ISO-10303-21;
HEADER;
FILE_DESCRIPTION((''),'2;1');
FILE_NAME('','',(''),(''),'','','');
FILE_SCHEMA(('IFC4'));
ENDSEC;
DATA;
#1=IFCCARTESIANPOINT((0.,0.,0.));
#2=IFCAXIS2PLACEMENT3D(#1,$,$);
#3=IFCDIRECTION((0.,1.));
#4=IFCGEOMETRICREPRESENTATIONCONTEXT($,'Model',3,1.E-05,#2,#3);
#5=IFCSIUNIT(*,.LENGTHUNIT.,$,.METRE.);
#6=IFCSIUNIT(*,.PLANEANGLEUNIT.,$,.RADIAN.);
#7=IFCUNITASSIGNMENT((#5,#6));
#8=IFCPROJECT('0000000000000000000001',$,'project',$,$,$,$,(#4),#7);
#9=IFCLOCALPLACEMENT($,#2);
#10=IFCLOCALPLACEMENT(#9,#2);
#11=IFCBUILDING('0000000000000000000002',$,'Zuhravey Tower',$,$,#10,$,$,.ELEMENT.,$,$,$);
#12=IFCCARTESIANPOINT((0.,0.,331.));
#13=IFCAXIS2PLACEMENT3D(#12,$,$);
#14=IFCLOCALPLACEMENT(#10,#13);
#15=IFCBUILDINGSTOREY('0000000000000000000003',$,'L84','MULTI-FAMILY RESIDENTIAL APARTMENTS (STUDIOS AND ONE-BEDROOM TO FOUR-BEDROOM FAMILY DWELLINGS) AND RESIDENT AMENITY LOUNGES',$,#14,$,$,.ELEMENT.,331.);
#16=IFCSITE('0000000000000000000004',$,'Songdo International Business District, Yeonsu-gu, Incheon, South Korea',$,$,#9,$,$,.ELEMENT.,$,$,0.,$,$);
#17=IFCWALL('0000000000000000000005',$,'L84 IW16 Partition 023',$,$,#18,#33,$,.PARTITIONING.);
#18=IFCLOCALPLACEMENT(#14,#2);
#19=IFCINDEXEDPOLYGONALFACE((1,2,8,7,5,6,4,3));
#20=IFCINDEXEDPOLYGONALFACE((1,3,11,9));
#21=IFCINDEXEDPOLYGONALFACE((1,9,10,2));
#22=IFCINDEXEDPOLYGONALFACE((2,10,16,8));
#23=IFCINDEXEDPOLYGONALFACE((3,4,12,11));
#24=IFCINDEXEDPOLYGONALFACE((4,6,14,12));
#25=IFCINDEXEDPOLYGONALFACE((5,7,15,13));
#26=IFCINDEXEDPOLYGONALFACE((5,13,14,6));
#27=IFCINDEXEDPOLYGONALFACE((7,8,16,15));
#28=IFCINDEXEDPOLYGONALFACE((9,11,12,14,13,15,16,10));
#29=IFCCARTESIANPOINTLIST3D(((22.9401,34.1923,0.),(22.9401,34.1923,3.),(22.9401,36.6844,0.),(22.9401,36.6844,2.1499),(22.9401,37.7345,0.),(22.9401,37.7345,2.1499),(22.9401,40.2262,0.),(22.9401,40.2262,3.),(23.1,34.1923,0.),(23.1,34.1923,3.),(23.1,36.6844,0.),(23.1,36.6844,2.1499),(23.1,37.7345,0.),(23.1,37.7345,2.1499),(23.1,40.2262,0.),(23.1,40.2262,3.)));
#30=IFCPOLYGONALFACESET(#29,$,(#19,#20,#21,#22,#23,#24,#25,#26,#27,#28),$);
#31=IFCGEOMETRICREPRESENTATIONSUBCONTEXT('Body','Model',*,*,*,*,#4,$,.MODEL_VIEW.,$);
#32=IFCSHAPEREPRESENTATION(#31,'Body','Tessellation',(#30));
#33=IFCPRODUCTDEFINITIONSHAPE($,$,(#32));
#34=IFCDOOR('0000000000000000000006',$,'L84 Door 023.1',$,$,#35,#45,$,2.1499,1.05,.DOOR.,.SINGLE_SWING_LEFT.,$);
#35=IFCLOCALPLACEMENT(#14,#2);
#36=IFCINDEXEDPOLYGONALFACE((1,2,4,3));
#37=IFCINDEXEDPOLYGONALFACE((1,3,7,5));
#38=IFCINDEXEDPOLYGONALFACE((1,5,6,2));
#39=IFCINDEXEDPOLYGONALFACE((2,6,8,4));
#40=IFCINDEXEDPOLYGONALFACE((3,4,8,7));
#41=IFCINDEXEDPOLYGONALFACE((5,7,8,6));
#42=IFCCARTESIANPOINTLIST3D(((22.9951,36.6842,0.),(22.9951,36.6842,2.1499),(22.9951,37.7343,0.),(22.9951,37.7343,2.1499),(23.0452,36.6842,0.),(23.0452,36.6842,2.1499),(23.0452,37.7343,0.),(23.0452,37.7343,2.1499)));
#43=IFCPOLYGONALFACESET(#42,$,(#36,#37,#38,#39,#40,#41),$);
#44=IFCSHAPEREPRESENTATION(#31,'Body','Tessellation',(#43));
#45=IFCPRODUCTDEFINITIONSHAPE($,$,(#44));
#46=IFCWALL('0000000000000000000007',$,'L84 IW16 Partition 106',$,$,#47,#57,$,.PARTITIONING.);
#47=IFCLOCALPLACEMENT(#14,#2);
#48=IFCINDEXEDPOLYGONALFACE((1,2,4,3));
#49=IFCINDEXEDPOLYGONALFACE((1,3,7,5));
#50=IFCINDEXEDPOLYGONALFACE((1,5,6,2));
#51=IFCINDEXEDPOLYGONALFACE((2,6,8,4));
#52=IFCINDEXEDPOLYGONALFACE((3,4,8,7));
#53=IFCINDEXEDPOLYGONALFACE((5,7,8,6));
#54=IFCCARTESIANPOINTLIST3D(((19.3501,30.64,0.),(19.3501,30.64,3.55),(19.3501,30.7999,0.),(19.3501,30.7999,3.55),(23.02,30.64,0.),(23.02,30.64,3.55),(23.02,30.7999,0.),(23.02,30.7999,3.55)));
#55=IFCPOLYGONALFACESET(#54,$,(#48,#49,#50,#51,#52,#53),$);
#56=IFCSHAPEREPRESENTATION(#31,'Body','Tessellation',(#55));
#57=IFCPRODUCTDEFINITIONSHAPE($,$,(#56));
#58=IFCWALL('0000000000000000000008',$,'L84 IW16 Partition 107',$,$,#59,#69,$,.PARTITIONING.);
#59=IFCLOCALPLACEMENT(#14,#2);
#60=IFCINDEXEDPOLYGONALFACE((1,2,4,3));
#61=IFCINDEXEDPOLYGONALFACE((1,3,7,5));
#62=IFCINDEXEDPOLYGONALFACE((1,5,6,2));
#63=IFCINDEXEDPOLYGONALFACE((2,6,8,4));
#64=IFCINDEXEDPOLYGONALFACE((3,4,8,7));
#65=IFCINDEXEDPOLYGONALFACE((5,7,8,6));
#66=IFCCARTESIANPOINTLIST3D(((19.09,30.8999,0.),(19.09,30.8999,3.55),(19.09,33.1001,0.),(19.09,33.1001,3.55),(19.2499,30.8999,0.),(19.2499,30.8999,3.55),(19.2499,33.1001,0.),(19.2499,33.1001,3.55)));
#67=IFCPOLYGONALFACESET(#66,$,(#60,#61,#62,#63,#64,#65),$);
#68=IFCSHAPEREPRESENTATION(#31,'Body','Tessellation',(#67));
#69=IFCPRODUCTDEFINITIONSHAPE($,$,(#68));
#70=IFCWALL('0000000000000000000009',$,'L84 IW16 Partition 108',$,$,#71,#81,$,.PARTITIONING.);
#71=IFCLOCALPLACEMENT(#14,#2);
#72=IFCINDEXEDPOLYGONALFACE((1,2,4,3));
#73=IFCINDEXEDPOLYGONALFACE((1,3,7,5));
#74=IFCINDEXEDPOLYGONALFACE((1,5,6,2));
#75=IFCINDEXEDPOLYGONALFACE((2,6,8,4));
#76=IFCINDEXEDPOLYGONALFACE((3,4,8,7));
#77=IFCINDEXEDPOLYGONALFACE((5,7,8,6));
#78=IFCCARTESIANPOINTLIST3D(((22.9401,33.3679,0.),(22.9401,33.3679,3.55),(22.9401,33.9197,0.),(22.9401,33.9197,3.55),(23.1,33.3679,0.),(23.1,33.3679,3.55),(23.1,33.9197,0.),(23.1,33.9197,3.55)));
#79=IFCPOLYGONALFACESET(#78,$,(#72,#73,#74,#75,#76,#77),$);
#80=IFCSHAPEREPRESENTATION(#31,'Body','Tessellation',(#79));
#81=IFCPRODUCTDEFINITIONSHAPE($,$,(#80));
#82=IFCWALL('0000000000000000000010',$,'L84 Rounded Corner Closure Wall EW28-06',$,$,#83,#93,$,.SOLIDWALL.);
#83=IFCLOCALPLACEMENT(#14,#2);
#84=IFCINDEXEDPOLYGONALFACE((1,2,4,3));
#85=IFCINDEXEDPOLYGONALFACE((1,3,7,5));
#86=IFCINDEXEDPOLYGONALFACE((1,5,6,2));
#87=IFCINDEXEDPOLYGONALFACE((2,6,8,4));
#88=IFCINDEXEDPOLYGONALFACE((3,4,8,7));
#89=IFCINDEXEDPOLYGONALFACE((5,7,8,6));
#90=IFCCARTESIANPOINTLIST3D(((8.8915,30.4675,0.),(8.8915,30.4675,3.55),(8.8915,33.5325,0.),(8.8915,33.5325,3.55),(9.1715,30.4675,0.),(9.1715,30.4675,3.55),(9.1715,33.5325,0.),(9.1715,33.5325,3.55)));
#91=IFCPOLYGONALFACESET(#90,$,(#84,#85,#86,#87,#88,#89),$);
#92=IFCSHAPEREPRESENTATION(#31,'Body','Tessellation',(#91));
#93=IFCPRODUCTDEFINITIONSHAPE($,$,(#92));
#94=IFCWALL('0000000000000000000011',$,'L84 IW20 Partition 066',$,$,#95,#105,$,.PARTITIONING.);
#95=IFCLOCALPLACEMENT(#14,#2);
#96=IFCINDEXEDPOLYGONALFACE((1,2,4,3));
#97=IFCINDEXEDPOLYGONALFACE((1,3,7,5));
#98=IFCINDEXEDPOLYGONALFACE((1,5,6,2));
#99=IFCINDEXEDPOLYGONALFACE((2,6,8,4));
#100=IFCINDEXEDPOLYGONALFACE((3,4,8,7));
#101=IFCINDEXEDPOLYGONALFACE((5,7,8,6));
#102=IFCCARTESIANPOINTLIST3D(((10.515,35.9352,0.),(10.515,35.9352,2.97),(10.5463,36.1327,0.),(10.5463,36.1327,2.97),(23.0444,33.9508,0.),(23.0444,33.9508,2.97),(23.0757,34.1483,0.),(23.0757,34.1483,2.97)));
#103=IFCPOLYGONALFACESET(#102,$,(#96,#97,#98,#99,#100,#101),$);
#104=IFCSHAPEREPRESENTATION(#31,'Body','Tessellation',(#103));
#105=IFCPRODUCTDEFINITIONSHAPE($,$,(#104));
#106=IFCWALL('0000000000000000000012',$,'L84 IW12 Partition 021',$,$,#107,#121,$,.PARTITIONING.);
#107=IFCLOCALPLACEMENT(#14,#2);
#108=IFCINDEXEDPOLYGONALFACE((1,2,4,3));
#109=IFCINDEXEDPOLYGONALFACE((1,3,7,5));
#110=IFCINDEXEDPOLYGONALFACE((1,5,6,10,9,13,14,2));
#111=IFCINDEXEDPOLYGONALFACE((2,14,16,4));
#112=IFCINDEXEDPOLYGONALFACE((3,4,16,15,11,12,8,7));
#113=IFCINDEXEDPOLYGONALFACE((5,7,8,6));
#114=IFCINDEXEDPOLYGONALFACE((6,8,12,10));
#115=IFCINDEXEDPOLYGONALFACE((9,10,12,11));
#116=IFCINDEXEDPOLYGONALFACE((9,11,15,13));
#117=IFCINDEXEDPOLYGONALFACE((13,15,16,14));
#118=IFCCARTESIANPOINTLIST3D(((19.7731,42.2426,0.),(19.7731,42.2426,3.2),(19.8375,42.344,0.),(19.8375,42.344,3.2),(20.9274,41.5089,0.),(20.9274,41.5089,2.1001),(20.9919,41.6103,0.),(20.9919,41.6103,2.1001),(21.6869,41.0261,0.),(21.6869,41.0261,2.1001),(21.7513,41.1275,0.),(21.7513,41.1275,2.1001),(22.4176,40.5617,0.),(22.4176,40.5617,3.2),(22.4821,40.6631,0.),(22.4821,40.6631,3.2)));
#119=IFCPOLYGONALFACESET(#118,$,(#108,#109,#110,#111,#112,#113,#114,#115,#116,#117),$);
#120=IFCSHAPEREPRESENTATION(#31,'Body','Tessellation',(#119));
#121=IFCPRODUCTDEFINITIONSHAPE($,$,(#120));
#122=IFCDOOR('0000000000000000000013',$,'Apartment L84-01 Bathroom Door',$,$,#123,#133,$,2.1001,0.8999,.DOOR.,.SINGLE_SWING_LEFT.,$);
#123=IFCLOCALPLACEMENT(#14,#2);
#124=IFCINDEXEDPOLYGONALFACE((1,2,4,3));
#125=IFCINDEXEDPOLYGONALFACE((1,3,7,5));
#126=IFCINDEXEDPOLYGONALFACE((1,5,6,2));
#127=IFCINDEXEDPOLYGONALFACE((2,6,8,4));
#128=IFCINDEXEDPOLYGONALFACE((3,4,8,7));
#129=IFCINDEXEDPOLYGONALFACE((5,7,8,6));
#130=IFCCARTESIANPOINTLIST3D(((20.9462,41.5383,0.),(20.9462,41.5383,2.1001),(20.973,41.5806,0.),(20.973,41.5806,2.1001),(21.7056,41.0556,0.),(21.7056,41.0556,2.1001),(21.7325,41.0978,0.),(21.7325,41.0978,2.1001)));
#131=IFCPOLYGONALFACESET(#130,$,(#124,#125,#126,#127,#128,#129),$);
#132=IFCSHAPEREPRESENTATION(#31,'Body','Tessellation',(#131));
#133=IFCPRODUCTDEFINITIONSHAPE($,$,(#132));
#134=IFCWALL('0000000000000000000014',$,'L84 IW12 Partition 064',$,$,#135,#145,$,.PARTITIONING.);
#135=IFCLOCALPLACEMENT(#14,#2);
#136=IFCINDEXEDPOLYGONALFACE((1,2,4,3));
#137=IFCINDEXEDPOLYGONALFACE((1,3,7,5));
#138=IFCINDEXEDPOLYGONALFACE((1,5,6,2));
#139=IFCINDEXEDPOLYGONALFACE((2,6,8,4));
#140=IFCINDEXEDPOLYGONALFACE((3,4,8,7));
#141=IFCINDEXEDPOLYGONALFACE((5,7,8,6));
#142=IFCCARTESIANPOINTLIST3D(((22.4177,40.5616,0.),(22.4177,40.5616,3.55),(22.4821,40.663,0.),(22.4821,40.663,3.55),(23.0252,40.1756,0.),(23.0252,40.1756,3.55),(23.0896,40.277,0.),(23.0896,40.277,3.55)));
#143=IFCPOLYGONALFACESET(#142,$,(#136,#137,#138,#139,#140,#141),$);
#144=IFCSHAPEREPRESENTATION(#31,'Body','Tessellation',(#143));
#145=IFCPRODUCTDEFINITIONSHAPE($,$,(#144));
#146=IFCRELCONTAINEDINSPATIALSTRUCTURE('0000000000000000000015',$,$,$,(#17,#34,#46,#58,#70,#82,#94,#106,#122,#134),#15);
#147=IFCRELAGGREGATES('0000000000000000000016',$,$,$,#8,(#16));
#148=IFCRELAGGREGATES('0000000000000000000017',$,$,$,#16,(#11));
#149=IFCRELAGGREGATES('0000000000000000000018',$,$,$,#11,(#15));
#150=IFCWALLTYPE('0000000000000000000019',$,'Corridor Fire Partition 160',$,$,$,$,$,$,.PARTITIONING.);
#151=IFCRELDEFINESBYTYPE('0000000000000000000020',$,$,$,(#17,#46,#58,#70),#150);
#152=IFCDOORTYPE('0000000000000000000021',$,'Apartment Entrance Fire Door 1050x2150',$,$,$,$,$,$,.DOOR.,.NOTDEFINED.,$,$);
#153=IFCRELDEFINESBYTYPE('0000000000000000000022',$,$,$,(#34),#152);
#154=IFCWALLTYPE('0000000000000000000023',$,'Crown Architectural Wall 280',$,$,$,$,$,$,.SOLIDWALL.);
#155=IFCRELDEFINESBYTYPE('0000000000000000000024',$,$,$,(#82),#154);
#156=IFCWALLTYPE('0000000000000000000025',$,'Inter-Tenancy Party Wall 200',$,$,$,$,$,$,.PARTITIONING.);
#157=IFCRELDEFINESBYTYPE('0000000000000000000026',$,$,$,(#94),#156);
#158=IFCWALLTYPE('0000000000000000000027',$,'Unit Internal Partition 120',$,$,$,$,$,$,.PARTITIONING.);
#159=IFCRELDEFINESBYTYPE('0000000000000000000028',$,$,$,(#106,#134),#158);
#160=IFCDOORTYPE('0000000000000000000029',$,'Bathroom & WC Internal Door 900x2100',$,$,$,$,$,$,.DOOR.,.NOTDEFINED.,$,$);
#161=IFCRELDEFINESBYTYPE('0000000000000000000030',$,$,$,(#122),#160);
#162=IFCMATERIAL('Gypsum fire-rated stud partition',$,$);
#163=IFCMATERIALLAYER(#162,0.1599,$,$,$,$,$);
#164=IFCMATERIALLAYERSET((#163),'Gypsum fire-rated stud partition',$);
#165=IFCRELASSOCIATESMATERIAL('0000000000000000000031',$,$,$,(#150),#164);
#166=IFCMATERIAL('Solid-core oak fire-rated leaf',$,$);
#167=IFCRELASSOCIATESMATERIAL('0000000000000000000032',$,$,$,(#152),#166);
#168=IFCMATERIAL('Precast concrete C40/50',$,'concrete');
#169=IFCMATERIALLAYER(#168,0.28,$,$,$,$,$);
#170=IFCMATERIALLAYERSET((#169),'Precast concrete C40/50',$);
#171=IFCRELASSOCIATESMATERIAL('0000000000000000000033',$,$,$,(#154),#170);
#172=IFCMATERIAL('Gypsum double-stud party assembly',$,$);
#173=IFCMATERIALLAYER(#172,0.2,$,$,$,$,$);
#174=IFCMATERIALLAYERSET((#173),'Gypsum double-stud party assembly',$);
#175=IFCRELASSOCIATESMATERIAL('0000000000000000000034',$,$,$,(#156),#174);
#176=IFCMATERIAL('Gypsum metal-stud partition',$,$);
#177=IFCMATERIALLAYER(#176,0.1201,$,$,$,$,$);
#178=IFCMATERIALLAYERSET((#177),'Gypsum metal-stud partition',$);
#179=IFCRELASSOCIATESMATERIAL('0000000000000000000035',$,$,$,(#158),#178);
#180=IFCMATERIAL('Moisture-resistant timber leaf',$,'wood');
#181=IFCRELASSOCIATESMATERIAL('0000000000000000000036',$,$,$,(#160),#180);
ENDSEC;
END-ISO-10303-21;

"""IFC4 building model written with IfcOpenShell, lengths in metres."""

from ifc_helpers import new_model, si_unit, direction, frame, frame_2d, origin, place, context, subcontext, project, spatial, rectangle, extrude, material, layer, layer_set, type_object, element, fill, save


model = new_model("IFC4")

# Units and contexts
model_context = context("Model", 3, precision=1e-05, world=origin(), true_north=direction((0.0, 1.0)))
body_context = subcontext(model_context, "Body", "Model", "MODEL_VIEW")
ifc_project = project(units=[si_unit("LENGTHUNIT", "METRE"), si_unit("PLANEANGLEUNIT", "RADIAN")], contexts=[model_context])

# Site, building, storey
site_placement = place(None, origin())
site = spatial("IfcSite", under=ifc_project, at=site_placement, Name="Songdo International Business District, Yeonsu-gu, Incheon, South Korea", CompositionType="ELEMENT", RefElevation=0.0)
building_placement = place(site_placement, origin())
building = spatial("IfcBuilding", under=site, at=building_placement, Name="Zuhravey Tower", CompositionType="ELEMENT")
storey_placement = place(building_placement, frame((0.0, 0.0, 331.0)))
storey = spatial("IfcBuildingStorey", under=building, at=storey_placement, Name="L84", Description="MULTI-FAMILY RESIDENTIAL APARTMENTS (STUDIOS AND ONE-BEDROOM TO FOUR-BEDROOM FAMILY DWELLINGS) AND RESIDENT AMENITY LOUNGES", CompositionType="ELEMENT", Elevation=331.0)

# Wall, opening, door
ifc_material_1 = material(Name="Gypsum fire-rated stud partition")
ifc_layer_1 = layer(ifc_material_1, 0.1599)
ifc_layer_set_1 = layer_set([ifc_layer_1], Name="Gypsum fire-rated stud partition")
wall_type_1 = type_object("IfcWallType", Name="Corridor Fire Partition 160", PredefinedType="PARTITIONING", material=ifc_layer_set_1)
wall_1_placement = place(storey_placement, frame((23.02, 40.2263, 0.0), z_axis=(0.0, 0.0, 1.0), x_axis=(0.0, -1.0, 0.0)))
wall_1 = element("IfcWall", 1, at=wall_1_placement, inside=storey, type_object=wall_type_1, Name="L84 IW16 Partition 023", PredefinedType="PARTITIONING", context=body_context, shape_type="SweptSolid", body=[
    extrude(rectangle(XDim=6.0339, YDim=0.1599, at=frame_2d((3.0171, 0.0))), origin(), (0.0, 0.0, 1.0), 3.0),
])
opening_1_placement = place(wall_1_placement, frame((2.4919, 0.0, 0.0)))
opening_1 = element("IfcOpeningElement", 2, at=opening_1_placement, cuts=wall_1, PredefinedType="OPENING", context=body_context, shape_type="SweptSolid", body=[
    extrude(rectangle(XDim=1.05, YDim=2.1499, at=frame_2d((0.5249, 1.075))), frame((0.0, 0.092, 0.0), z_axis=(0.0, -1.0, 0.0), x_axis=(1.0, 0.0, 0.0)), (0.0, 0.0, 1.0), 0.1838),
])
ifc_material_2 = material(Name="Solid-core oak fire-rated leaf")
door_type_1 = type_object("IfcDoorType", Name="Apartment Entrance Fire Door 1050x2150", OperationType="NOTDEFINED", PredefinedType="DOOR", material=ifc_material_2)
door_1_placement = place(opening_1_placement, frame((1.05, 0.0, 0.0), z_axis=(0.0, 0.0, 1.0), x_axis=(-1.0, 0.0, 0.0)))
door_1 = element("IfcDoor", 3, at=door_1_placement, inside=storey, type_object=door_type_1, Name="L84 Door 023.1", OperationType="SINGLE_SWING_LEFT", OverallHeight=2.1499, OverallWidth=1.05, PredefinedType="DOOR", context=body_context, shape_type="SweptSolid", body=[
    extrude(rectangle(XDim=1.05, YDim=2.1499, at=frame_2d((0.5249, 1.075))), frame((0.0, 0.0249, 0.0), z_axis=(0.0, -1.0, 0.0), x_axis=(1.0, 0.0, 0.0)), (0.0, 0.0, 1.0), 0.05),
])
fill(opening_1, door_1)

# Walls
wall_2_placement = place(storey_placement, frame((19.3501, 30.72, 0.0), z_axis=(0.0, 0.0, 1.0), x_axis=(1.0, 0.0, 0.0)))
element("IfcWall", 4, at=wall_2_placement, inside=storey, type_object=wall_type_1, Name="L84 IW16 Partition 106", PredefinedType="PARTITIONING", context=body_context, shape_type="SweptSolid", body=[
    extrude(rectangle(XDim=3.6699, YDim=0.1599, at=frame_2d((1.835, 0.0))), origin(), (0.0, 0.0, 1.0), 3.55),
])
wall_3_placement = place(storey_placement, frame((19.1699, 33.1001, 0.0), z_axis=(0.0, 0.0, 1.0), x_axis=(0.0, -1.0, 0.0)))
element("IfcWall", 5, at=wall_3_placement, inside=storey, type_object=wall_type_1, Name="L84 IW16 Partition 107", PredefinedType="PARTITIONING", context=body_context, shape_type="SweptSolid", body=[
    extrude(rectangle(XDim=2.2002, YDim=0.1599, at=frame_2d((1.1001, 0.0))), origin(), (0.0, 0.0, 1.0), 3.55),
])
wall_4_placement = place(storey_placement, frame((23.02, 33.9197, 0.0), z_axis=(0.0, 0.0, 1.0), x_axis=(0.0, -1.0, 0.0)))
element("IfcWall", 6, at=wall_4_placement, inside=storey, type_object=wall_type_1, Name="L84 IW16 Partition 108", PredefinedType="PARTITIONING", context=body_context, shape_type="SweptSolid", body=[
    extrude(rectangle(XDim=0.5518, YDim=0.1599, at=frame_2d((0.2759, 0.0))), origin(), (0.0, 0.0, 1.0), 3.55),
])
ifc_material_3 = material(Name="Precast concrete C40/50", Category="concrete")
ifc_layer_2 = layer(ifc_material_3, 0.28)
ifc_layer_set_2 = layer_set([ifc_layer_2], Name="Precast concrete C40/50")
wall_type_2 = type_object("IfcWallType", Name="Crown Architectural Wall 280", PredefinedType="SOLIDWALL", material=ifc_layer_set_2)
wall_5_placement = place(storey_placement, frame((9.0315, 30.4675, 0.0), z_axis=(0.0, 0.0, 1.0), x_axis=(0.0, 1.0, 0.0)))
element("IfcWall", 7, at=wall_5_placement, inside=storey, type_object=wall_type_2, Name="L84 Rounded Corner Closure Wall EW28-06", PredefinedType="SOLIDWALL", context=body_context, shape_type="SweptSolid", body=[
    extrude(rectangle(XDim=3.0649, YDim=0.28, at=frame_2d((1.5325, 0.0))), origin(), (0.0, 0.0, 1.0), 3.55),
])
ifc_material_4 = material(Name="Gypsum double-stud party assembly")
ifc_layer_3 = layer(ifc_material_4, 0.2)
ifc_layer_set_3 = layer_set([ifc_layer_3], Name="Gypsum double-stud party assembly")
wall_type_3 = type_object("IfcWallType", Name="Inter-Tenancy Party Wall 200", PredefinedType="PARTITIONING", material=ifc_layer_set_3)
wall_6_placement = place(storey_placement, frame((23.0601, 34.0496, 0.0), z_axis=(0.0, 0.0, 1.0), x_axis=(-0.987689, 0.156429, 0.0)))
element("IfcWall", 8, at=wall_6_placement, inside=storey, type_object=wall_type_3, Name="L84 IW20 Partition 066", PredefinedType="PARTITIONING", context=body_context, shape_type="SweptSolid", body=[
    extrude(rectangle(XDim=12.6855, YDim=0.2, at=frame_2d((6.3428, 0.0))), origin(), (0.0, 0.0, 1.0), 2.97),
])

# Wall, opening, door
ifc_material_5 = material(Name="Gypsum metal-stud partition")
ifc_layer_4 = layer(ifc_material_5, 0.1201)
ifc_layer_set_4 = layer_set([ifc_layer_4], Name="Gypsum metal-stud partition")
wall_type_4 = type_object("IfcWallType", Name="Unit Internal Partition 120", PredefinedType="PARTITIONING", material=ifc_layer_set_4)
wall_7_placement = place(storey_placement, frame((22.45, 40.6123, 0.0), z_axis=(0.0, 0.0, 1.0), x_axis=(-0.843947, 0.536427, 0.0)))
wall_7 = element("IfcWall", 9, at=wall_7_placement, inside=storey, type_object=wall_type_4, Name="L84 IW12 Partition 021", PredefinedType="PARTITIONING", context=body_context, shape_type="SweptSolid", body=[
    extrude(rectangle(XDim=3.1335, YDim=0.1201, at=frame_2d((1.5669, 0.0))), origin(), (0.0, 0.0, 1.0), 3.2),
])
opening_2_placement = place(wall_7_placement, frame((0.866, 0.0, 0.0)))
opening_2 = element("IfcOpeningElement", 10, at=opening_2_placement, cuts=wall_7, PredefinedType="OPENING", context=body_context, shape_type="SweptSolid", body=[
    extrude(rectangle(XDim=0.8999, YDim=2.1001, at=frame_2d((0.45, 1.05))), frame((0.0, 0.072, 0.0), z_axis=(0.0, -1.0, 0.0), x_axis=(1.0, 0.0, 0.0)), (0.0, 0.0, 1.0), 0.144),
])
ifc_material_6 = material(Name="Moisture-resistant timber leaf", Category="wood")
door_type_2 = type_object("IfcDoorType", Name="Bathroom & WC Internal Door 900x2100", OperationType="NOTDEFINED", PredefinedType="DOOR", material=ifc_material_6)
door_2_placement = place(opening_2_placement, frame((0.8999, 0.0, 0.0), z_axis=(0.0, 0.0, 1.0), x_axis=(-1.0, 0.0, 0.0)))
door_2 = element("IfcDoor", 11, at=door_2_placement, inside=storey, type_object=door_type_2, Name="Apartment L84-01 Bathroom Door", OperationType="SINGLE_SWING_LEFT", OverallHeight=2.1001, OverallWidth=0.8999, PredefinedType="DOOR", context=body_context, shape_type="SweptSolid", body=[
    extrude(rectangle(XDim=0.8999, YDim=2.1001, at=frame_2d((0.45, 1.05))), frame((0.0, 0.0249, 0.0), z_axis=(0.0, -1.0, 0.0), x_axis=(1.0, 0.0, 0.0)), (0.0, 0.0, 1.0), 0.05),
])
fill(opening_2, door_2)

# Wall
wall_8_placement = place(storey_placement, frame((23.0574, 40.2263, 0.0), z_axis=(0.0, 0.0, 1.0), x_axis=(-0.844011, 0.536327, 0.0)))
element("IfcWall", 12, at=wall_8_placement, inside=storey, type_object=wall_type_4, Name="L84 IW12 Partition 064", PredefinedType="PARTITIONING", context=body_context, shape_type="SweptSolid", body=[
    extrude(rectangle(XDim=0.7197, YDim=0.1201, at=frame_2d((0.3599, 0.0))), origin(), (0.0, 0.0, 1.0), 3.55),
])

save(model, "model.ifc")
